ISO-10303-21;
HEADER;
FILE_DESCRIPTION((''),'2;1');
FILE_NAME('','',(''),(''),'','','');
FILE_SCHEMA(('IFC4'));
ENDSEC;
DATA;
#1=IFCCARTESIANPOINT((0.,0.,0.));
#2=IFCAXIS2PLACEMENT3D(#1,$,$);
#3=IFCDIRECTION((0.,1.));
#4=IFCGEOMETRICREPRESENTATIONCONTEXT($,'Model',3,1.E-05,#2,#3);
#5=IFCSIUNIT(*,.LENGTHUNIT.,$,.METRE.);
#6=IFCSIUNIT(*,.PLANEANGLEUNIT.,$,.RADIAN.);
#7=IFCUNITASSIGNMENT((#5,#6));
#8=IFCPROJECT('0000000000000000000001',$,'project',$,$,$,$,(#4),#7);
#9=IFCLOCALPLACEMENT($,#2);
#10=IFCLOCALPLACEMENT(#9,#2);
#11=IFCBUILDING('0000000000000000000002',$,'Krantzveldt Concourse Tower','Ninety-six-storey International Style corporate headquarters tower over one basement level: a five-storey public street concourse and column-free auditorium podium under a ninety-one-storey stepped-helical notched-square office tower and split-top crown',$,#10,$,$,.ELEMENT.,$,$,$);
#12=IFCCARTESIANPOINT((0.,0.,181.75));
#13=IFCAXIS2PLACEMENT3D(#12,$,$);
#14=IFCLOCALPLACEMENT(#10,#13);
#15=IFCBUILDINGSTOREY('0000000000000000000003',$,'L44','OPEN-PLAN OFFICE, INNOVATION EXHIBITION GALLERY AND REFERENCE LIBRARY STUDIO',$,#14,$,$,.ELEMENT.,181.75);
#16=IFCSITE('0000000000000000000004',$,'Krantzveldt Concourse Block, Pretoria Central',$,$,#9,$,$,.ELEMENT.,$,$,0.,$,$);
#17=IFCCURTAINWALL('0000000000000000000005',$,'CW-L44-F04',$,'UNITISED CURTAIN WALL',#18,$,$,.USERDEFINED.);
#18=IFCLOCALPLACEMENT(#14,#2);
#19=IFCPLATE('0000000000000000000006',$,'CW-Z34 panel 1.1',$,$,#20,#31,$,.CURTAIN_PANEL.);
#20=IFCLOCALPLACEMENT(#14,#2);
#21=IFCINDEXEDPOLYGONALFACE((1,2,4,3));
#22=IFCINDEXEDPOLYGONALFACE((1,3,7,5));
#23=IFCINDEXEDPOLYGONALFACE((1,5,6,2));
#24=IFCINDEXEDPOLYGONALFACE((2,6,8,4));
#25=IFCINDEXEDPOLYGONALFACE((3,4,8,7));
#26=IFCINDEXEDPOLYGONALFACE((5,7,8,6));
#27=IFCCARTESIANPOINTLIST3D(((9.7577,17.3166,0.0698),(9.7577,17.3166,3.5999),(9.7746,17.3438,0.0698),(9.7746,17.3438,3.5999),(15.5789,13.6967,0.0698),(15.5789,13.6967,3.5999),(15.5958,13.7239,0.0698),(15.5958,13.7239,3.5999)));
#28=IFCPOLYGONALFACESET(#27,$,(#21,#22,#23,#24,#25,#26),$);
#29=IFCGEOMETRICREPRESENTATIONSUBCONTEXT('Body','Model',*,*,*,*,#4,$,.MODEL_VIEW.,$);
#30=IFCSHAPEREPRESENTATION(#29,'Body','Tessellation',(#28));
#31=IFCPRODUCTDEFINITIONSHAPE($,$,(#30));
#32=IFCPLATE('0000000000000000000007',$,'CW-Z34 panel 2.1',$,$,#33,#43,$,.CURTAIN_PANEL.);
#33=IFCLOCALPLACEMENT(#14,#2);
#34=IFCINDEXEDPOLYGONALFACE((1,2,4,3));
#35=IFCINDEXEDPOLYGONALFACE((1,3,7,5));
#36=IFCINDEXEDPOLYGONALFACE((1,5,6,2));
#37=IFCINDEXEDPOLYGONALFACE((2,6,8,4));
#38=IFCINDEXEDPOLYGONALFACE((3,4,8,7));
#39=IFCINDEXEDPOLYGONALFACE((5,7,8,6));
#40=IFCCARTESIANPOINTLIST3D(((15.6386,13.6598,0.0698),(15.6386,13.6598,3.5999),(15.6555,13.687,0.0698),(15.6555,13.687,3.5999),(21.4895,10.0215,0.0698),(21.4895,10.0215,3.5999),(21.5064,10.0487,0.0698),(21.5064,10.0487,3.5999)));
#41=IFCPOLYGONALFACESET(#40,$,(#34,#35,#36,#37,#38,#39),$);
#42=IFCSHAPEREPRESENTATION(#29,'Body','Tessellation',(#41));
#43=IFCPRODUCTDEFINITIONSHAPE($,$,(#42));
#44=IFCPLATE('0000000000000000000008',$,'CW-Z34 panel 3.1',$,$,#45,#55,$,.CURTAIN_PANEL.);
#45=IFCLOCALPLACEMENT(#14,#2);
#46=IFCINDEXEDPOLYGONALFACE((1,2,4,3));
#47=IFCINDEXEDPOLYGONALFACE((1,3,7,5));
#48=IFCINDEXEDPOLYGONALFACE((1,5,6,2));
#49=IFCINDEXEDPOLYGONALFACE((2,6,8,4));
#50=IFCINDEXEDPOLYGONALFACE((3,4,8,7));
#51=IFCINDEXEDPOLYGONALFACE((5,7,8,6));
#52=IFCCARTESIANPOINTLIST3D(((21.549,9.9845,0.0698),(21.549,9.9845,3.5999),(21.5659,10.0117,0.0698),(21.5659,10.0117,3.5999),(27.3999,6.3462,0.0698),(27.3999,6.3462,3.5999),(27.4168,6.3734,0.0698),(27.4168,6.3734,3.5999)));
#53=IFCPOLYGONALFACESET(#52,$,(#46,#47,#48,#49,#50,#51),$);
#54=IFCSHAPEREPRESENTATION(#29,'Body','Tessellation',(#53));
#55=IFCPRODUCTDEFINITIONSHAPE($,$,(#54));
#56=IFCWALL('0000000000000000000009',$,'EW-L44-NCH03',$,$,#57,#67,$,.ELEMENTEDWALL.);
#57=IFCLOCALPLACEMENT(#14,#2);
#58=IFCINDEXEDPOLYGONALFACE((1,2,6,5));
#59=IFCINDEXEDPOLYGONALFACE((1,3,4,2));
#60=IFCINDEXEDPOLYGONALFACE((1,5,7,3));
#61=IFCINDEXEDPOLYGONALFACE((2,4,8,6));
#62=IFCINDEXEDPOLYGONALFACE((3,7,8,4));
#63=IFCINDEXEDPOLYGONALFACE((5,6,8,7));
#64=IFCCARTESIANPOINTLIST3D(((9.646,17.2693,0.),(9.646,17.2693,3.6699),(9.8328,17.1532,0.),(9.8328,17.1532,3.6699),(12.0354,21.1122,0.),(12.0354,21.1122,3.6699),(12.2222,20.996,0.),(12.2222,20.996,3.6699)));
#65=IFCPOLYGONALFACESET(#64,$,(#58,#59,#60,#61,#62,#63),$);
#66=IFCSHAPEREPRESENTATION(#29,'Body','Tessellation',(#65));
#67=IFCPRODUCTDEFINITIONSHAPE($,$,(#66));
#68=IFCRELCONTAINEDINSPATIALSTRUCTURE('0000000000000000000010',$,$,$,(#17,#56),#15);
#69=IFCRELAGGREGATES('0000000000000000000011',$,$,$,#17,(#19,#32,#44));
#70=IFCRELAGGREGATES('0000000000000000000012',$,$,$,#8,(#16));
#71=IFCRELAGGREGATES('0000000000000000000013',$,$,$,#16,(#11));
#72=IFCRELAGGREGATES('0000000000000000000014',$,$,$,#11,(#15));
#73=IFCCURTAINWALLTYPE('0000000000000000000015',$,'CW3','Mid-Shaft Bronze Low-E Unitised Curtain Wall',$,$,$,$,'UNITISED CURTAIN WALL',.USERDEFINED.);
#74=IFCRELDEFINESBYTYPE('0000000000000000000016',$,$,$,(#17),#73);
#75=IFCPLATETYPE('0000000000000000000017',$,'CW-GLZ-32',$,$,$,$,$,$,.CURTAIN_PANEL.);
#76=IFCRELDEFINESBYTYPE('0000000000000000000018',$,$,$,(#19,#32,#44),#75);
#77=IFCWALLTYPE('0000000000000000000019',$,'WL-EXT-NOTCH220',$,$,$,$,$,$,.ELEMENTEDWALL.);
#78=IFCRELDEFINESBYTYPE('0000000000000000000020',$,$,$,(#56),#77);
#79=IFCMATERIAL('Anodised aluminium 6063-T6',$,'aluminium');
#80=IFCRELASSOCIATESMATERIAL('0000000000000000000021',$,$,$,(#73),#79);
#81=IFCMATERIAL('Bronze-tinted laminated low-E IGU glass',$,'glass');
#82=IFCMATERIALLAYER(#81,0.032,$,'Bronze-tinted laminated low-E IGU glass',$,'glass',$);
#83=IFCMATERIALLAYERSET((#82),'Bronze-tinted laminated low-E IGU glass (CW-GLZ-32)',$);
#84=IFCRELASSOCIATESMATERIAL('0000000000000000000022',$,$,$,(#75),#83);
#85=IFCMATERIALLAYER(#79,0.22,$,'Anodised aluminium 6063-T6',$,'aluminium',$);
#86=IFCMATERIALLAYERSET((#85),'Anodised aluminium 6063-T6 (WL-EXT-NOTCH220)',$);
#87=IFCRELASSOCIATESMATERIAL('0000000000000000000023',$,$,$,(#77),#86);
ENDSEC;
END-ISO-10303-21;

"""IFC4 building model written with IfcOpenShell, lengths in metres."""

from ifc_helpers import new_model, si_unit, direction, frame, frame_2d, origin, origin_2d, place, context, subcontext, project, spatial, rectangle, extrude, source, transform, mapped, material, layer, layer_set, type_object, type_shapes, element, aggregate, save


model = new_model("IFC4")

# Units and contexts
model_context = context("Model", 3, precision=1e-05, world=origin(), true_north=direction((0.0, 1.0)))
body_context = subcontext(model_context, "Body", "Model", "MODEL_VIEW")
ifc_project = project(units=[si_unit("LENGTHUNIT", "METRE"), si_unit("PLANEANGLEUNIT", "RADIAN")], contexts=[model_context])

# Site, building, storey
site_placement = place(None, origin())
site = spatial("IfcSite", under=ifc_project, at=site_placement, Name="Krantzveldt Concourse Block, Pretoria Central", CompositionType="ELEMENT", RefElevation=0.0)
building_placement = place(site_placement, origin())
building = spatial("IfcBuilding", under=site, at=building_placement, Name="Krantzveldt Concourse Tower", Description="Ninety-six-storey International Style corporate headquarters tower over one basement level: a five-storey public street concourse and column-free auditorium podium under a ninety-one-storey stepped-helical notched-square office tower and split-top crown", CompositionType="ELEMENT")
storey_placement = place(building_placement, frame((0.0, 0.0, 181.75)))
storey = spatial("IfcBuildingStorey", under=building, at=storey_placement, Name="L44", Description="OPEN-PLAN OFFICE, INNOVATION EXHIBITION GALLERY AND REFERENCE LIBRARY STUDIO", CompositionType="ELEMENT", Elevation=181.75)

# Shared definitions
ifc_material_1 = material(Name="Anodised aluminium 6063-T6", Category="aluminium")
curtain_wall_type = type_object("IfcCurtainWallType", Name="CW3", Description="Mid-Shaft Bronze Low-E Unitised Curtain Wall", ElementType="UNITISED CURTAIN WALL", PredefinedType="USERDEFINED", material=ifc_material_1)

# Curtain wall
curtain_wall_1_placement = place(storey_placement, origin())
curtain_wall_1 = element("IfcCurtainWall", 1, at=curtain_wall_1_placement, inside=storey, type_object=curtain_wall_type, Name="CW-L44-F04", ObjectType="UNITISED CURTAIN WALL", PredefinedType="USERDEFINED")

# Plates
ifc_material_2 = material(Name="Bronze-tinted laminated low-E IGU glass", Category="glass")
ifc_layer_1 = layer(ifc_material_2, 0.032, Name="Bronze-tinted laminated low-E IGU glass", Category="glass")
ifc_layer_set_1 = layer_set([ifc_layer_1], Name="Bronze-tinted laminated low-E IGU glass (CW-GLZ-32)")
plate_type = type_object("IfcPlateType", Name="CW-GLZ-32", PredefinedType="CURTAIN_PANEL", material=ifc_layer_set_1)
shared_shape_1 = source(origin(), body_context, "Body", "SweptSolid", [
    extrude(rectangle(XDim=6.855, YDim=0.032, at=origin_2d()), origin(), (0.0, 0.0, 1.0), 3.53),
])
plate_1_placement = place(storey_placement, frame((12.6768, 15.5203, 0.0698), z_axis=(0.0, 0.0, 1.0), x_axis=(0.849202, -0.528068, 0.0)))
plate_1 = element("IfcPlate", 2, at=plate_1_placement, type_object=plate_type, Name="CW-Z34 panel 1.1", PredefinedType="CURTAIN_PANEL", context=body_context, shape_type="MappedRepresentation", body=[
    mapped(shared_shape_1, transform((0.0, 0.0, 0.0), x_axis=(1.0, 0.0, 0.0), y_axis=(0.0, 1.0, 0.0), z_axis=(0.0, 0.0, 1.0), scale=1.0)),
])
shared_shape_2 = source(origin(), body_context, "Body", "SweptSolid", [
    extrude(rectangle(XDim=6.8899, YDim=0.032, at=origin_2d()), origin(), (0.0, 0.0, 1.0), 3.53),
])
type_shapes(plate_type, [shared_shape_1, shared_shape_2])
plate_2_placement = place(storey_placement, frame((18.5725, 11.8542, 0.0698), z_axis=(0.0, 0.0, 1.0), x_axis=(0.849202, -0.528068, 0.0)))
plate_2 = element("IfcPlate", 3, at=plate_2_placement, type_object=plate_type, Name="CW-Z34 panel 2.1", PredefinedType="CURTAIN_PANEL", context=body_context, shape_type="MappedRepresentation", body=[
    mapped(shared_shape_2, transform((0.0, 0.0, 0.0), x_axis=(1.0, 0.0, 0.0), y_axis=(0.0, 1.0, 0.0), z_axis=(0.0, 0.0, 1.0), scale=1.0)),
])
plate_3_placement = place(storey_placement, frame((24.4829, 8.179, 0.0698), z_axis=(0.0, 0.0, 1.0), x_axis=(0.849202, -0.528068, 0.0)))
plate_3 = element("IfcPlate", 4, at=plate_3_placement, type_object=plate_type, Name="CW-Z34 panel 3.1", PredefinedType="CURTAIN_PANEL", context=body_context, shape_type="MappedRepresentation", body=[
    mapped(shared_shape_2, transform((0.0, 0.0, 0.0), x_axis=(1.0, 0.0, 0.0), y_axis=(0.0, 1.0, 0.0), z_axis=(0.0, 0.0, 1.0), scale=1.0)),
])
aggregate(curtain_wall_1, [plate_1, plate_2, plate_3])

# Wall
ifc_layer_2 = layer(ifc_material_1, 0.22, Name="Anodised aluminium 6063-T6", Category="aluminium")
ifc_layer_set_2 = layer_set([ifc_layer_2], Name="Anodised aluminium 6063-T6 (WL-EXT-NOTCH220)")
wall_type = type_object("IfcWallType", Name="WL-EXT-NOTCH220", PredefinedType="ELEMENTEDWALL", material=ifc_layer_set_2)
wall_placement = place(storey_placement, frame((12.1289, 21.0542, 0.0), z_axis=(0.0, 0.0, 1.0), x_axis=(-0.528038, -0.849221, 0.0)))
element("IfcWall", 5, at=wall_placement, inside=storey, type_object=wall_type, Name="EW-L44-NCH03", PredefinedType="ELEMENTEDWALL", context=body_context, shape_type="SweptSolid", body=[
    extrude(rectangle(XDim=4.5251, YDim=0.22, at=frame_2d((2.2627, 0.0))), origin(), (0.0, 0.0, 1.0), 3.6699),
])

save(model, "model.ifc")
